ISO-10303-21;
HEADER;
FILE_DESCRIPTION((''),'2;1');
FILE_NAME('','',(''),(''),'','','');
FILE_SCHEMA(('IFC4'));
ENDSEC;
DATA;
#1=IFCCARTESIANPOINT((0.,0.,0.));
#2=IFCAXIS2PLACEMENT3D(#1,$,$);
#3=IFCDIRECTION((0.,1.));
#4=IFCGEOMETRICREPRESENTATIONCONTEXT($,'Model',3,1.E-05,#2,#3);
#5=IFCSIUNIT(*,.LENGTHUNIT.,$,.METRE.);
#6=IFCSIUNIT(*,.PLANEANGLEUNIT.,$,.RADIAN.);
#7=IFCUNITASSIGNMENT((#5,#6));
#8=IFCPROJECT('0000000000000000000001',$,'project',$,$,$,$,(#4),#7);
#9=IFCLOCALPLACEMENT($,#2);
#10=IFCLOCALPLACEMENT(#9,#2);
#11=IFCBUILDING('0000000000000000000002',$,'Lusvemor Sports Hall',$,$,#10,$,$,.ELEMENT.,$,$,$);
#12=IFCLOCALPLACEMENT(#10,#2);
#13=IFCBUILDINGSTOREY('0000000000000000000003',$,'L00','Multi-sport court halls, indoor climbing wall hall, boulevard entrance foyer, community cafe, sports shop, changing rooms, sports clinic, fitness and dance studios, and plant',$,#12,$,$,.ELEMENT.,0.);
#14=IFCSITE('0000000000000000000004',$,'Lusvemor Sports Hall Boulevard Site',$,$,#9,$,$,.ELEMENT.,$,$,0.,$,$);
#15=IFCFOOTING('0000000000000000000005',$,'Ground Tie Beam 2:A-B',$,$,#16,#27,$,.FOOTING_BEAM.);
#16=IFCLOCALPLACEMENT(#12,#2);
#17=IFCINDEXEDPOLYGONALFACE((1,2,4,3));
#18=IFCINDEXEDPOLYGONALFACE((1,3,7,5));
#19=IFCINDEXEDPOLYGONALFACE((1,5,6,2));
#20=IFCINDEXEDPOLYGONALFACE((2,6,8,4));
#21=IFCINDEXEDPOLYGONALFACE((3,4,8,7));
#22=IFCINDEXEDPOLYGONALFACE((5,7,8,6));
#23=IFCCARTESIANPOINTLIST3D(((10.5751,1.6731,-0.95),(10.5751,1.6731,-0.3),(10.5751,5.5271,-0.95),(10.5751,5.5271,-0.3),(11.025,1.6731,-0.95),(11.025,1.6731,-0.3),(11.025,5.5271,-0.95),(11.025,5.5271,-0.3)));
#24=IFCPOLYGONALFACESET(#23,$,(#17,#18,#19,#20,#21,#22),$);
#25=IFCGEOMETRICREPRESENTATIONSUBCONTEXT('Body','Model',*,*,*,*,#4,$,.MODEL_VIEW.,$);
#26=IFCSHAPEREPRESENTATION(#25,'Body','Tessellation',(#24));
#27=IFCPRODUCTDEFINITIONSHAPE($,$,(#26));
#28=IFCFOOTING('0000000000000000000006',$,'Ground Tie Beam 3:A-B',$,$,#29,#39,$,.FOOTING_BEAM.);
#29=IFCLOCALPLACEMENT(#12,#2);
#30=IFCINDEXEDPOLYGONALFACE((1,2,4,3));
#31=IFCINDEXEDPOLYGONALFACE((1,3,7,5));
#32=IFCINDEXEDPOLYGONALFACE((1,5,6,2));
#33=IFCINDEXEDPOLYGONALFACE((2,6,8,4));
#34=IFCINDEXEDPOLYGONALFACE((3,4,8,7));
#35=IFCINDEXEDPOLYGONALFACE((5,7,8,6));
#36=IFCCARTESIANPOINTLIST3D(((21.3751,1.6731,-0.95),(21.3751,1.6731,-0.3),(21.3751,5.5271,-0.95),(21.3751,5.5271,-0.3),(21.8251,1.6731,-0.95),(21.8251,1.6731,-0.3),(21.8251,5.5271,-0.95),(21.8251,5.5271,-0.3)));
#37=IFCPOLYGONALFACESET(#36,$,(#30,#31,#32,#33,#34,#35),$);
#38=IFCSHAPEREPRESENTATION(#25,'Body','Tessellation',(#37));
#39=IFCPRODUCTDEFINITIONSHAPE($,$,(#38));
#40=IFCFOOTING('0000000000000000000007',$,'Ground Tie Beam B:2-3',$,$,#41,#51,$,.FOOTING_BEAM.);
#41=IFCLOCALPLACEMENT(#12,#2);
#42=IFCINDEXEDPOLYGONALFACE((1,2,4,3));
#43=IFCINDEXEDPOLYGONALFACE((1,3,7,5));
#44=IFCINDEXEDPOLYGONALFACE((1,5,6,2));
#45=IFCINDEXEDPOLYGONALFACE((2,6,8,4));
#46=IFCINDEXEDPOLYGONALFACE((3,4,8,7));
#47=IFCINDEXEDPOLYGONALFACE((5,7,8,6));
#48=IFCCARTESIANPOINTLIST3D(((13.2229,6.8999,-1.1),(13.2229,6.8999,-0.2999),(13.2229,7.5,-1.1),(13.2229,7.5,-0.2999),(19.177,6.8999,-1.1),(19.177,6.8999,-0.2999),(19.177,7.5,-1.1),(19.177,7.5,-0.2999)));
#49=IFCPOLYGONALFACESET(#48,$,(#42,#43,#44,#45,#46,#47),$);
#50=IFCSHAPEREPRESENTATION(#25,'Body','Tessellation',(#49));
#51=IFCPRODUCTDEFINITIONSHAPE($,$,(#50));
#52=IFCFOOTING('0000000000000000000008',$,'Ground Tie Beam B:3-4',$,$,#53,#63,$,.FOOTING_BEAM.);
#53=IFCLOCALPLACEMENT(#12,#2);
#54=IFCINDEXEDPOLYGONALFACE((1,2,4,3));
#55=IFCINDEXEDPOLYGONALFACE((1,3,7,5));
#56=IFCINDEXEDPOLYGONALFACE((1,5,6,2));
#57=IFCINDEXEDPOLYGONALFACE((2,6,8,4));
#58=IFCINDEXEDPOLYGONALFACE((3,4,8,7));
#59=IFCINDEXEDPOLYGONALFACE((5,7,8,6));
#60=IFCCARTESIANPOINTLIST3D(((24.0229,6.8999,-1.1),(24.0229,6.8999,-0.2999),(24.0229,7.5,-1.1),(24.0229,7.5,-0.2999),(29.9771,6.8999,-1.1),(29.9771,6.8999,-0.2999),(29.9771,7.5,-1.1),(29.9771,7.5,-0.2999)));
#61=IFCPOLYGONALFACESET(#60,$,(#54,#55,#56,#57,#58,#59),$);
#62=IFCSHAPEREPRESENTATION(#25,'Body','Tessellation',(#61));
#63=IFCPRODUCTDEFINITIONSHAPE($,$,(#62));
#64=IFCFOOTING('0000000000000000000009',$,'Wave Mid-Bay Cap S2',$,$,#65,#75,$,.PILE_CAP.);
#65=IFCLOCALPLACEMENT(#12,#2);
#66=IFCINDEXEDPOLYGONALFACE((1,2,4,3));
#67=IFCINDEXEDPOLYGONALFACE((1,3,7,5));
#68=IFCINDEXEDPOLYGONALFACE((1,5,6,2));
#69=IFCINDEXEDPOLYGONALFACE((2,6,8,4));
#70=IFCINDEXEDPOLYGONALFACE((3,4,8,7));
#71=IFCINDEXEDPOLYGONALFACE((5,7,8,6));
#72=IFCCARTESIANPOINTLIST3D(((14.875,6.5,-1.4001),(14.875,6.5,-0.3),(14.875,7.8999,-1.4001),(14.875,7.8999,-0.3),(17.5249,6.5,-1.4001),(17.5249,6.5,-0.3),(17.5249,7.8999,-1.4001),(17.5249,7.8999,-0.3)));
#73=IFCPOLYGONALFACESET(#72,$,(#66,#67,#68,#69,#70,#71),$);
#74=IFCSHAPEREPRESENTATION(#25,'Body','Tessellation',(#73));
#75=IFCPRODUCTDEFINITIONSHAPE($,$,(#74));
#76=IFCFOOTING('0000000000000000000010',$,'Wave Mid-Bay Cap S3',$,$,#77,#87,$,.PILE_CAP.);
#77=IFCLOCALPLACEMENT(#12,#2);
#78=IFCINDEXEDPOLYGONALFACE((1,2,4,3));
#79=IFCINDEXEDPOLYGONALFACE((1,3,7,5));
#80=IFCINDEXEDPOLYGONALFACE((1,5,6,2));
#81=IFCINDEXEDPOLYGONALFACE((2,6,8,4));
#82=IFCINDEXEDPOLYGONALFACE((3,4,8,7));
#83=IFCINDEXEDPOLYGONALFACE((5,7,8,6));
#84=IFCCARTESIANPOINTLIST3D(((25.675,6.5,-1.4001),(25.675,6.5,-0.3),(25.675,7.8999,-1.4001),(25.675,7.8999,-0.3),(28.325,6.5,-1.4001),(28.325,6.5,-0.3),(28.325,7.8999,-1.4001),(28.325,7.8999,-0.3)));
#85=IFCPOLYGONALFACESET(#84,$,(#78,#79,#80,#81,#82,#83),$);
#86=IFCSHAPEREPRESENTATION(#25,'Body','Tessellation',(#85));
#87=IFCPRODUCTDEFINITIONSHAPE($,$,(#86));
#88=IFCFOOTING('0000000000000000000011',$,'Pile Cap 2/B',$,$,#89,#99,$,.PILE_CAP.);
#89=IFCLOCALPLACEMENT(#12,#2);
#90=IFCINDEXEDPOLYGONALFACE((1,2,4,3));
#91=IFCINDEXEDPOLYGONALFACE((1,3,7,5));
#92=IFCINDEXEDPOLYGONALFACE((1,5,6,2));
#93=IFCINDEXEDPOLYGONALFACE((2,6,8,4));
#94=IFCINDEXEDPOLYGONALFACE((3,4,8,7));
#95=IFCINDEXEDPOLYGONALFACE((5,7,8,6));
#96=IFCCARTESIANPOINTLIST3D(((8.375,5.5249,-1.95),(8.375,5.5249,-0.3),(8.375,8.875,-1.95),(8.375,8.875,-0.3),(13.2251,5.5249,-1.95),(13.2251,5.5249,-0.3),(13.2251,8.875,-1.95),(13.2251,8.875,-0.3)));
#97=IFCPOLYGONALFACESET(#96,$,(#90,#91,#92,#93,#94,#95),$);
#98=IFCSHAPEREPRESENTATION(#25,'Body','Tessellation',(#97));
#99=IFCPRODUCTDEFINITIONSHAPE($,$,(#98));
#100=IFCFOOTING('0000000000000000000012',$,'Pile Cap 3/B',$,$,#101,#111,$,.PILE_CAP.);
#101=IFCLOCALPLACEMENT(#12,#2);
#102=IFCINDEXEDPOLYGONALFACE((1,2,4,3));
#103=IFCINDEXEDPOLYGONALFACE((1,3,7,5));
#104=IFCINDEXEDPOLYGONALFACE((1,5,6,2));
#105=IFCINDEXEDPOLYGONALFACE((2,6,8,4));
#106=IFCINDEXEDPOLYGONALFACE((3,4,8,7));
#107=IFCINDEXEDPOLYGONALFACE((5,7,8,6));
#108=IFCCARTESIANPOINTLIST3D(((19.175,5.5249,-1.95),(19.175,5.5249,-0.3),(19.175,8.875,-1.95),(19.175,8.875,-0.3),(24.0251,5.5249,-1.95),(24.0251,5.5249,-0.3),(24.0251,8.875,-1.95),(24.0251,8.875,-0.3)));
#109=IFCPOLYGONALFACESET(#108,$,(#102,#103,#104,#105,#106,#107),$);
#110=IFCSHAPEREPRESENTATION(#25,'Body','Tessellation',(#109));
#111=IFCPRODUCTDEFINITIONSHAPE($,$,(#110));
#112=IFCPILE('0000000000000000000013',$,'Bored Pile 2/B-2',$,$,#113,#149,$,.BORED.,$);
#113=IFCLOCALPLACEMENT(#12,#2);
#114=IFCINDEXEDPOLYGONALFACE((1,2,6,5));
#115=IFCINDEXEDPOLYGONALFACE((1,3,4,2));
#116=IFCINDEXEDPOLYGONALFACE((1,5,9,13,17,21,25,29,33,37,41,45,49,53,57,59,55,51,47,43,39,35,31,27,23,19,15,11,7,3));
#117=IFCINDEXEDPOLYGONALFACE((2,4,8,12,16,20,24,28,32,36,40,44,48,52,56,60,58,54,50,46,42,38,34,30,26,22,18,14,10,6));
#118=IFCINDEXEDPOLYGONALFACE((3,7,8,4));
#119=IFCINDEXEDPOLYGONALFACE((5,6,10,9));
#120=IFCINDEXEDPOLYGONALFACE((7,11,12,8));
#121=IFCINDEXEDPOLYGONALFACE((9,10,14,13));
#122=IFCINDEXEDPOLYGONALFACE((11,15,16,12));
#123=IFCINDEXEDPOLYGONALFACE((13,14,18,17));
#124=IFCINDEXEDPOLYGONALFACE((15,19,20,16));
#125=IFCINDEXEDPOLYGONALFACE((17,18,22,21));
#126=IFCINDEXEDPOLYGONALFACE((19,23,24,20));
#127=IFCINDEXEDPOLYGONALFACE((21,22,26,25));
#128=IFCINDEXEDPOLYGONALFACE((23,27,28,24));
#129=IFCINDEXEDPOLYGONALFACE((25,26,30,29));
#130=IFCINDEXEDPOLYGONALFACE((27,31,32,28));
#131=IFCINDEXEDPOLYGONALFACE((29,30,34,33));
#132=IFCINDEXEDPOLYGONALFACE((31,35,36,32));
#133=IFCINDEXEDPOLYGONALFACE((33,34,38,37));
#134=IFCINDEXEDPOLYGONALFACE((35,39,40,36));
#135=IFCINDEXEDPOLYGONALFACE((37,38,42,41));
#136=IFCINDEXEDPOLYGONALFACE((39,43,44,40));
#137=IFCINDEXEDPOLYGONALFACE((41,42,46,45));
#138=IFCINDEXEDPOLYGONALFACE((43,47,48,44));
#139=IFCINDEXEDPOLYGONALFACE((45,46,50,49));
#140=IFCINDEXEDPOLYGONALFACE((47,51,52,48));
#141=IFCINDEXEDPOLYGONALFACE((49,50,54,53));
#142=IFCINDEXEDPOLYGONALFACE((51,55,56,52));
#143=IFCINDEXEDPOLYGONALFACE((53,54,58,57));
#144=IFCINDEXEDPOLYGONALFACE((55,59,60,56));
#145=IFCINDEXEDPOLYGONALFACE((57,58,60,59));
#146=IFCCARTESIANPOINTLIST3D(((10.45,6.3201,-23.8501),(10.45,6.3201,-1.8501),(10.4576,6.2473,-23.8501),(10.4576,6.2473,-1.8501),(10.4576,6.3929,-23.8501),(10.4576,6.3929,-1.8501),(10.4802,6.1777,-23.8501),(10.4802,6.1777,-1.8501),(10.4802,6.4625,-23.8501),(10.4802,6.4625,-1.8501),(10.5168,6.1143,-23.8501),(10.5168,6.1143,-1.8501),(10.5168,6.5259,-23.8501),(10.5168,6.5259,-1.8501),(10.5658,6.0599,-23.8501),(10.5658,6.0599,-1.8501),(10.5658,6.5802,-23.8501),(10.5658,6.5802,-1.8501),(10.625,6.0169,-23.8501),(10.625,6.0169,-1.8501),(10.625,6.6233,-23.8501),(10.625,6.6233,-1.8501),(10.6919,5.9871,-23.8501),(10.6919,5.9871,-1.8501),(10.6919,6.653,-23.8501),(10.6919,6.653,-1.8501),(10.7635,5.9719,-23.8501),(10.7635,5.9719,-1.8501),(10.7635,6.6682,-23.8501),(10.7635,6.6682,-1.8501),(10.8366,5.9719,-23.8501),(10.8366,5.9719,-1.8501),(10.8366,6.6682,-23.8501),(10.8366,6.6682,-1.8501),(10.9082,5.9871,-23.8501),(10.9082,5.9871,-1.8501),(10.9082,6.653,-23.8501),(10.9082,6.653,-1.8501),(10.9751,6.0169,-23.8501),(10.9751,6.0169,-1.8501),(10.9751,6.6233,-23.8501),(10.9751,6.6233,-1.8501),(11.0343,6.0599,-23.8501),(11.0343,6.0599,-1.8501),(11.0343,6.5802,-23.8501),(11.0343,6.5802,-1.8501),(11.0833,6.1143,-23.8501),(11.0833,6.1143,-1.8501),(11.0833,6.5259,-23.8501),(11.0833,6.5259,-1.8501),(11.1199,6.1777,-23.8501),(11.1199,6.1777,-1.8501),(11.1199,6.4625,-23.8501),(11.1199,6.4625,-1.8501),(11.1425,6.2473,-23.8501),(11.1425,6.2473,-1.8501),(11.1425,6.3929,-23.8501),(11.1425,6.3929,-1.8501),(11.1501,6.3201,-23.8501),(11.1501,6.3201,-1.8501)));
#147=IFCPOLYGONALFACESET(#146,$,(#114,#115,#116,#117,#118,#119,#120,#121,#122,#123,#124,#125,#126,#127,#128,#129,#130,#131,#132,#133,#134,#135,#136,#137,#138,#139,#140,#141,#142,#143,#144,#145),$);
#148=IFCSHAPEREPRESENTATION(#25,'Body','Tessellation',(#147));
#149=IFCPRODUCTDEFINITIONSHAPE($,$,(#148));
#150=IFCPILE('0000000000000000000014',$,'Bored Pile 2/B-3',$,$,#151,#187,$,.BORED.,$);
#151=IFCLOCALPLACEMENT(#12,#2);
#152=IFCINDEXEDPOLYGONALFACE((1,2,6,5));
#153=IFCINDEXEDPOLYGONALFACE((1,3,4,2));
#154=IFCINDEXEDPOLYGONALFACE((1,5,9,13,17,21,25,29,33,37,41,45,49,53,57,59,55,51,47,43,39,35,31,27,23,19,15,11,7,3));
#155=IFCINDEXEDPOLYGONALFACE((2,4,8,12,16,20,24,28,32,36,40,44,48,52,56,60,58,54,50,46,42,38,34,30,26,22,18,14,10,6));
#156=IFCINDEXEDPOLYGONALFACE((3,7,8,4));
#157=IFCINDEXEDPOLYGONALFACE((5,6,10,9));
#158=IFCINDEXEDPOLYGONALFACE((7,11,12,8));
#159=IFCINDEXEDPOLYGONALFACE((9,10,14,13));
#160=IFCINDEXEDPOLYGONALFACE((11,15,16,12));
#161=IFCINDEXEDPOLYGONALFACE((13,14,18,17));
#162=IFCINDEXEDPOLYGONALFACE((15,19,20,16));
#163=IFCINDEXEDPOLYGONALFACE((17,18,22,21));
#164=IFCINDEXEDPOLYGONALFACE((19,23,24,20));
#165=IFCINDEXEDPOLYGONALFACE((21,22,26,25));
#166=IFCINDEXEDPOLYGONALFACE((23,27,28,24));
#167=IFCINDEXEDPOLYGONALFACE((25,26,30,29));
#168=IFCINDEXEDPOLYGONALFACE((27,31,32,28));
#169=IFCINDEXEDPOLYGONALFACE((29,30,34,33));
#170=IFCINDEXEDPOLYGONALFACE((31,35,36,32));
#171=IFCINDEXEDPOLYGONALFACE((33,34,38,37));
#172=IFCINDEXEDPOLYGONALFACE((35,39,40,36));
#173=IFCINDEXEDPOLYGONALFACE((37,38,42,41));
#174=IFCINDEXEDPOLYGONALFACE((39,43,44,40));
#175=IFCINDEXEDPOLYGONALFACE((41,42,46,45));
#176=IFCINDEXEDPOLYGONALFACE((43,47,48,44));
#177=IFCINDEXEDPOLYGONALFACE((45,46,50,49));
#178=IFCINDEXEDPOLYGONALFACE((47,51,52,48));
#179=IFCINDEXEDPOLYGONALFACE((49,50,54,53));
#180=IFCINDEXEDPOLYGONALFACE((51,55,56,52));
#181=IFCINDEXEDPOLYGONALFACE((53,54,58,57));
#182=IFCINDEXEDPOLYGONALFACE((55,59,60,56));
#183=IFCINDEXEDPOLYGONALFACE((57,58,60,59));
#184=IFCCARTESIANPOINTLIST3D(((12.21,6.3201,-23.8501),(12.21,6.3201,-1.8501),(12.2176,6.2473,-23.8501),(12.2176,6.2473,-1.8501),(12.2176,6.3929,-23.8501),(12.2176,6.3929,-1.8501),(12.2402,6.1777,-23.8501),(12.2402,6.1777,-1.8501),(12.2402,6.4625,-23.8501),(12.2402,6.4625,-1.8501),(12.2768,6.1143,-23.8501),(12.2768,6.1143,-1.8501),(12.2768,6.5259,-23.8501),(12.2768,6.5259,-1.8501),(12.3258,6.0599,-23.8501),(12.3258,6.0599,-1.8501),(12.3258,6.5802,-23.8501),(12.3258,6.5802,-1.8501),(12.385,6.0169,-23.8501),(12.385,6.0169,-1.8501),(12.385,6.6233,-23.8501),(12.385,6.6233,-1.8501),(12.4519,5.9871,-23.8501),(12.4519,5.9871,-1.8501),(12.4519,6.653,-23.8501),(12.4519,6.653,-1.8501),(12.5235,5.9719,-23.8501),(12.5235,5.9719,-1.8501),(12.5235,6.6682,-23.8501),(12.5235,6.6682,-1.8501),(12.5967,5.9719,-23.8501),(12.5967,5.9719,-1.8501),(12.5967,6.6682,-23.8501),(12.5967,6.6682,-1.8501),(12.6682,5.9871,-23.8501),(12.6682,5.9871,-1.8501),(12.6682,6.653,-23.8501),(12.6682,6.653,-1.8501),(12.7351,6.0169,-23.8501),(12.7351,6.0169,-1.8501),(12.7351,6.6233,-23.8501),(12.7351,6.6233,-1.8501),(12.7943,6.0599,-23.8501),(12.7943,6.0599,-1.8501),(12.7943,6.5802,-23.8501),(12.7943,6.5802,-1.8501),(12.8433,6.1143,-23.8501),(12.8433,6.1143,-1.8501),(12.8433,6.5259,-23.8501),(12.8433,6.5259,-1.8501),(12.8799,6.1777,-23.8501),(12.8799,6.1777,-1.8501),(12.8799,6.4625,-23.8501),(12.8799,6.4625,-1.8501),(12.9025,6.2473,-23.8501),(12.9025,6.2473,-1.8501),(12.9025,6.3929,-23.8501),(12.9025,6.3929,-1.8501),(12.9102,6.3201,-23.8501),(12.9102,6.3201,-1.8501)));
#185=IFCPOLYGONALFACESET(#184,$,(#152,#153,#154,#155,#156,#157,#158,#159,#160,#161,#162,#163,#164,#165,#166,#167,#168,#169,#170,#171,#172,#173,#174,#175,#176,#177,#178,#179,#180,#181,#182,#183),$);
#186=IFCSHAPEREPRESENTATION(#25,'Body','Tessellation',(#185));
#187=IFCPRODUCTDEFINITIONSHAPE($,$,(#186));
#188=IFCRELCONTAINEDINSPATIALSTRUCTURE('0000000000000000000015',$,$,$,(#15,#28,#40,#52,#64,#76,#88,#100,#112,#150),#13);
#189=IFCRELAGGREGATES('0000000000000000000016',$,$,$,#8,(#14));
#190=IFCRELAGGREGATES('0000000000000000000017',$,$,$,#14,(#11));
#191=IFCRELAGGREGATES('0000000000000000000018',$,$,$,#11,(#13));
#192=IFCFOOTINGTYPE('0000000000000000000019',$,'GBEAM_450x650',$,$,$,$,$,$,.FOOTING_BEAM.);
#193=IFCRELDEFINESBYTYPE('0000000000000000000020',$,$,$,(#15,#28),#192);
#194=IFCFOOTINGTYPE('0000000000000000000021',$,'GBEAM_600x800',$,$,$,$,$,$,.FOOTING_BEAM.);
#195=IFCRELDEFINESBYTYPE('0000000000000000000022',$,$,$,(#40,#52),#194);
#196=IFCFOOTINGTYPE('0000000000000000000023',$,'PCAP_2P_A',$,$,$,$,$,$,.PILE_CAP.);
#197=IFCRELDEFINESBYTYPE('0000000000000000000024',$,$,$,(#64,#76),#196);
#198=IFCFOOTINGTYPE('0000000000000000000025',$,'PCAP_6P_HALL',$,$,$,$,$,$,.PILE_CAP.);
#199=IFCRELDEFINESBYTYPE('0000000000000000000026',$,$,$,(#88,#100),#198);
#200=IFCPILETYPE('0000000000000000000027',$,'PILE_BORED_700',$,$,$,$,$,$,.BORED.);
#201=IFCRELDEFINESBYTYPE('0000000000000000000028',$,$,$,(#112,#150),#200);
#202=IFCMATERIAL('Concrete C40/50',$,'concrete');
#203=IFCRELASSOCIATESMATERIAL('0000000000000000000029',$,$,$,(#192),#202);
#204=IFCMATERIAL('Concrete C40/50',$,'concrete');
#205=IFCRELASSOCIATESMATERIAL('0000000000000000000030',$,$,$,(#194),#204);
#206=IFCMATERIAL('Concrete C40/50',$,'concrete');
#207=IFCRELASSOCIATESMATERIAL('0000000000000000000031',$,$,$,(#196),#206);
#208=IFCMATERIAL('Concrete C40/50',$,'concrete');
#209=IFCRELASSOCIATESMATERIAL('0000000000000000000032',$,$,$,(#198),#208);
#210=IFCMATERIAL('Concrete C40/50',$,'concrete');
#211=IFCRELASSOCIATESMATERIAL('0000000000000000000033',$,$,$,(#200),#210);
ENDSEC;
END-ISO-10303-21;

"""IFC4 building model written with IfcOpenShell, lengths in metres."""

from ifc_helpers import new_model, si_unit, direction, frame, origin, origin_2d, place, context, subcontext, project, spatial, rectangle, circle, extrude, material, material_profile, profile_set, type_object, element, save


model = new_model("IFC4")

# Units and contexts
model_context = context("Model", 3, precision=1e-05, world=origin(), true_north=direction((0.0, 1.0)))
body_context = subcontext(model_context, "Body", "Model", "MODEL_VIEW")
ifc_project = project(units=[si_unit("LENGTHUNIT", "METRE"), si_unit("PLANEANGLEUNIT", "RADIAN")], contexts=[model_context])

# Site, building, storey
site_placement = place(None, origin())
site = spatial("IfcSite", under=ifc_project, at=site_placement, Name="Lusvemor Sports Hall Boulevard Site", CompositionType="ELEMENT", RefElevation=0.0)
building_placement = place(site_placement, origin())
building = spatial("IfcBuilding", under=site, at=building_placement, Name="Lusvemor Sports Hall", CompositionType="ELEMENT")
storey_placement = place(building_placement, origin())
storey = spatial("IfcBuildingStorey", under=building, at=storey_placement, Name="L00", Description="Multi-sport court halls, indoor climbing wall hall, boulevard entrance foyer, community cafe, sports shop, changing rooms, sports clinic, fitness and dance studios, and plant", CompositionType="ELEMENT", Elevation=0.0)

# Footings
ifc_material_1 = material(Name="Concrete C40/50", Category="concrete")
ifc_material_profile_1 = material_profile(ifc_material_1, rectangle(XDim=0.45, YDim=0.6499, at=origin_2d()), Name="GB_450x650")
ifc_profile_set_1 = profile_set([ifc_material_profile_1], Name="Concrete C40/50")
footing_type_1 = type_object("IfcFootingType", Name="GBEAM_450x650", PredefinedType="FOOTING_BEAM", material=ifc_profile_set_1)
for number, where, z_axis, x_axis, name in (
    (1, (10.8, 1.6731, -0.625), (0.0, 1.0, 0.0), (-1.0, 0.0, 0.0), "Ground Tie Beam 2:A-B"),
    (2, (21.6001, 1.6731, -0.625), (0.0, 1.0, 0.0), (-1.0, 0.0, 0.0), "Ground Tie Beam 3:A-B"),
):
    element("IfcFooting", number, at=place(storey_placement, frame(where, z_axis=z_axis, x_axis=x_axis)), inside=storey, type_object=footing_type_1, Name=name, PredefinedType="FOOTING_BEAM", context=body_context, shape_type="SweptSolid", body=[
        extrude(rectangle(XDim=0.45, YDim=0.6499, at=origin_2d()), origin(), (0.0, 0.0, 1.0), 3.854),
    ])
ifc_material_2 = material(Name="Concrete C40/50", Category="concrete")
ifc_material_profile_2 = material_profile(ifc_material_2, rectangle(XDim=0.6001, YDim=0.8, at=origin_2d()), Name="GB_600x800")
ifc_profile_set_2 = profile_set([ifc_material_profile_2], Name="Concrete C40/50")
footing_type_2 = type_object("IfcFootingType", Name="GBEAM_600x800", PredefinedType="FOOTING_BEAM", material=ifc_profile_set_2)
for number, where, z_axis, x_axis, name in (
    (3, (13.2229, 7.2, -0.7), (1.0, 0.0, 0.0), (0.0, 1.0, 0.0), "Ground Tie Beam B:2-3"),
    (4, (24.0229, 7.2, -0.7), (1.0, 0.0, 0.0), (0.0, 1.0, 0.0), "Ground Tie Beam B:3-4"),
):
    element("IfcFooting", number, at=place(storey_placement, frame(where, z_axis=z_axis, x_axis=x_axis)), inside=storey, type_object=footing_type_2, Name=name, PredefinedType="FOOTING_BEAM", context=body_context, shape_type="SweptSolid", body=[
        extrude(rectangle(XDim=0.6001, YDim=0.8, at=origin_2d()), origin(), (0.0, 0.0, 1.0), 5.9541),
    ])
ifc_material_3 = material(Name="Concrete C40/50", Category="concrete")
footing_type_3 = type_object("IfcFootingType", Name="PCAP_2P_A", PredefinedType="PILE_CAP", material=ifc_material_3)
for number, where, z_axis, x_axis, name in (
    (5, (16.2, 7.2, -1.4001), (0.0, 0.0, 1.0), (1.0, 0.0, 0.0), "Wave Mid-Bay Cap S2"),
    (6, (27.0, 7.2, -1.4001), (0.0, 0.0, 1.0), (1.0, 0.0, 0.0), "Wave Mid-Bay Cap S3"),
):
    element("IfcFooting", number, at=place(storey_placement, frame(where, z_axis=z_axis, x_axis=x_axis)), inside=storey, type_object=footing_type_3, Name=name, PredefinedType="PILE_CAP", context=body_context, shape_type="SweptSolid", body=[
        extrude(rectangle(XDim=2.6499, YDim=1.3999, at=origin_2d()), origin(), (0.0, 0.0, 1.0), 1.1001),
    ])
ifc_material_4 = material(Name="Concrete C40/50", Category="concrete")
footing_type_4 = type_object("IfcFootingType", Name="PCAP_6P_HALL", PredefinedType="PILE_CAP", material=ifc_material_4)
for number, where, z_axis, x_axis, name in (
    (7, (10.8, 7.2, -1.95), (0.0, 0.0, 1.0), (1.0, 0.0, 0.0), "Pile Cap 2/B"),
    (8, (21.6001, 7.2, -1.95), (0.0, 0.0, 1.0), (1.0, 0.0, 0.0), "Pile Cap 3/B"),
):
    element("IfcFooting", number, at=place(storey_placement, frame(where, z_axis=z_axis, x_axis=x_axis)), inside=storey, type_object=footing_type_4, Name=name, PredefinedType="PILE_CAP", context=body_context, shape_type="SweptSolid", body=[
        extrude(rectangle(XDim=4.8501, YDim=3.3501, at=origin_2d()), origin(), (0.0, 0.0, 1.0), 1.6499),
    ])

# Piles
ifc_material_5 = material(Name="Concrete C40/50", Category="concrete")
ifc_material_profile_3 = material_profile(ifc_material_5, circle(Radius=0.3501, at=origin_2d()), Name="PILE700")
ifc_profile_set_3 = profile_set([ifc_material_profile_3], Name="Concrete C40/50")
pile_type = type_object("IfcPileType", Name="PILE_BORED_700", PredefinedType="BORED", material=ifc_profile_set_3)
for number, where, z_axis, x_axis, name in (
    (9, (10.8, 6.3201, -1.8501), (0.0, 0.0, -1.0), (1.0, 0.0, 0.0), "Bored Pile 2/B-2"),
    (10, (12.5601, 6.3201, -1.8501), (0.0, 0.0, -1.0), (1.0, 0.0, 0.0), "Bored Pile 2/B-3"),
):
    element("IfcPile", number, at=place(storey_placement, frame(where, z_axis=z_axis, x_axis=x_axis)), inside=storey, type_object=pile_type, Name=name, PredefinedType="BORED", context=body_context, shape_type="SweptSolid", body=[
        extrude(circle(Radius=0.3501, at=origin_2d()), origin(), (0.0, 0.0, 1.0), 22.0),
    ])

save(model, "model.ifc")
